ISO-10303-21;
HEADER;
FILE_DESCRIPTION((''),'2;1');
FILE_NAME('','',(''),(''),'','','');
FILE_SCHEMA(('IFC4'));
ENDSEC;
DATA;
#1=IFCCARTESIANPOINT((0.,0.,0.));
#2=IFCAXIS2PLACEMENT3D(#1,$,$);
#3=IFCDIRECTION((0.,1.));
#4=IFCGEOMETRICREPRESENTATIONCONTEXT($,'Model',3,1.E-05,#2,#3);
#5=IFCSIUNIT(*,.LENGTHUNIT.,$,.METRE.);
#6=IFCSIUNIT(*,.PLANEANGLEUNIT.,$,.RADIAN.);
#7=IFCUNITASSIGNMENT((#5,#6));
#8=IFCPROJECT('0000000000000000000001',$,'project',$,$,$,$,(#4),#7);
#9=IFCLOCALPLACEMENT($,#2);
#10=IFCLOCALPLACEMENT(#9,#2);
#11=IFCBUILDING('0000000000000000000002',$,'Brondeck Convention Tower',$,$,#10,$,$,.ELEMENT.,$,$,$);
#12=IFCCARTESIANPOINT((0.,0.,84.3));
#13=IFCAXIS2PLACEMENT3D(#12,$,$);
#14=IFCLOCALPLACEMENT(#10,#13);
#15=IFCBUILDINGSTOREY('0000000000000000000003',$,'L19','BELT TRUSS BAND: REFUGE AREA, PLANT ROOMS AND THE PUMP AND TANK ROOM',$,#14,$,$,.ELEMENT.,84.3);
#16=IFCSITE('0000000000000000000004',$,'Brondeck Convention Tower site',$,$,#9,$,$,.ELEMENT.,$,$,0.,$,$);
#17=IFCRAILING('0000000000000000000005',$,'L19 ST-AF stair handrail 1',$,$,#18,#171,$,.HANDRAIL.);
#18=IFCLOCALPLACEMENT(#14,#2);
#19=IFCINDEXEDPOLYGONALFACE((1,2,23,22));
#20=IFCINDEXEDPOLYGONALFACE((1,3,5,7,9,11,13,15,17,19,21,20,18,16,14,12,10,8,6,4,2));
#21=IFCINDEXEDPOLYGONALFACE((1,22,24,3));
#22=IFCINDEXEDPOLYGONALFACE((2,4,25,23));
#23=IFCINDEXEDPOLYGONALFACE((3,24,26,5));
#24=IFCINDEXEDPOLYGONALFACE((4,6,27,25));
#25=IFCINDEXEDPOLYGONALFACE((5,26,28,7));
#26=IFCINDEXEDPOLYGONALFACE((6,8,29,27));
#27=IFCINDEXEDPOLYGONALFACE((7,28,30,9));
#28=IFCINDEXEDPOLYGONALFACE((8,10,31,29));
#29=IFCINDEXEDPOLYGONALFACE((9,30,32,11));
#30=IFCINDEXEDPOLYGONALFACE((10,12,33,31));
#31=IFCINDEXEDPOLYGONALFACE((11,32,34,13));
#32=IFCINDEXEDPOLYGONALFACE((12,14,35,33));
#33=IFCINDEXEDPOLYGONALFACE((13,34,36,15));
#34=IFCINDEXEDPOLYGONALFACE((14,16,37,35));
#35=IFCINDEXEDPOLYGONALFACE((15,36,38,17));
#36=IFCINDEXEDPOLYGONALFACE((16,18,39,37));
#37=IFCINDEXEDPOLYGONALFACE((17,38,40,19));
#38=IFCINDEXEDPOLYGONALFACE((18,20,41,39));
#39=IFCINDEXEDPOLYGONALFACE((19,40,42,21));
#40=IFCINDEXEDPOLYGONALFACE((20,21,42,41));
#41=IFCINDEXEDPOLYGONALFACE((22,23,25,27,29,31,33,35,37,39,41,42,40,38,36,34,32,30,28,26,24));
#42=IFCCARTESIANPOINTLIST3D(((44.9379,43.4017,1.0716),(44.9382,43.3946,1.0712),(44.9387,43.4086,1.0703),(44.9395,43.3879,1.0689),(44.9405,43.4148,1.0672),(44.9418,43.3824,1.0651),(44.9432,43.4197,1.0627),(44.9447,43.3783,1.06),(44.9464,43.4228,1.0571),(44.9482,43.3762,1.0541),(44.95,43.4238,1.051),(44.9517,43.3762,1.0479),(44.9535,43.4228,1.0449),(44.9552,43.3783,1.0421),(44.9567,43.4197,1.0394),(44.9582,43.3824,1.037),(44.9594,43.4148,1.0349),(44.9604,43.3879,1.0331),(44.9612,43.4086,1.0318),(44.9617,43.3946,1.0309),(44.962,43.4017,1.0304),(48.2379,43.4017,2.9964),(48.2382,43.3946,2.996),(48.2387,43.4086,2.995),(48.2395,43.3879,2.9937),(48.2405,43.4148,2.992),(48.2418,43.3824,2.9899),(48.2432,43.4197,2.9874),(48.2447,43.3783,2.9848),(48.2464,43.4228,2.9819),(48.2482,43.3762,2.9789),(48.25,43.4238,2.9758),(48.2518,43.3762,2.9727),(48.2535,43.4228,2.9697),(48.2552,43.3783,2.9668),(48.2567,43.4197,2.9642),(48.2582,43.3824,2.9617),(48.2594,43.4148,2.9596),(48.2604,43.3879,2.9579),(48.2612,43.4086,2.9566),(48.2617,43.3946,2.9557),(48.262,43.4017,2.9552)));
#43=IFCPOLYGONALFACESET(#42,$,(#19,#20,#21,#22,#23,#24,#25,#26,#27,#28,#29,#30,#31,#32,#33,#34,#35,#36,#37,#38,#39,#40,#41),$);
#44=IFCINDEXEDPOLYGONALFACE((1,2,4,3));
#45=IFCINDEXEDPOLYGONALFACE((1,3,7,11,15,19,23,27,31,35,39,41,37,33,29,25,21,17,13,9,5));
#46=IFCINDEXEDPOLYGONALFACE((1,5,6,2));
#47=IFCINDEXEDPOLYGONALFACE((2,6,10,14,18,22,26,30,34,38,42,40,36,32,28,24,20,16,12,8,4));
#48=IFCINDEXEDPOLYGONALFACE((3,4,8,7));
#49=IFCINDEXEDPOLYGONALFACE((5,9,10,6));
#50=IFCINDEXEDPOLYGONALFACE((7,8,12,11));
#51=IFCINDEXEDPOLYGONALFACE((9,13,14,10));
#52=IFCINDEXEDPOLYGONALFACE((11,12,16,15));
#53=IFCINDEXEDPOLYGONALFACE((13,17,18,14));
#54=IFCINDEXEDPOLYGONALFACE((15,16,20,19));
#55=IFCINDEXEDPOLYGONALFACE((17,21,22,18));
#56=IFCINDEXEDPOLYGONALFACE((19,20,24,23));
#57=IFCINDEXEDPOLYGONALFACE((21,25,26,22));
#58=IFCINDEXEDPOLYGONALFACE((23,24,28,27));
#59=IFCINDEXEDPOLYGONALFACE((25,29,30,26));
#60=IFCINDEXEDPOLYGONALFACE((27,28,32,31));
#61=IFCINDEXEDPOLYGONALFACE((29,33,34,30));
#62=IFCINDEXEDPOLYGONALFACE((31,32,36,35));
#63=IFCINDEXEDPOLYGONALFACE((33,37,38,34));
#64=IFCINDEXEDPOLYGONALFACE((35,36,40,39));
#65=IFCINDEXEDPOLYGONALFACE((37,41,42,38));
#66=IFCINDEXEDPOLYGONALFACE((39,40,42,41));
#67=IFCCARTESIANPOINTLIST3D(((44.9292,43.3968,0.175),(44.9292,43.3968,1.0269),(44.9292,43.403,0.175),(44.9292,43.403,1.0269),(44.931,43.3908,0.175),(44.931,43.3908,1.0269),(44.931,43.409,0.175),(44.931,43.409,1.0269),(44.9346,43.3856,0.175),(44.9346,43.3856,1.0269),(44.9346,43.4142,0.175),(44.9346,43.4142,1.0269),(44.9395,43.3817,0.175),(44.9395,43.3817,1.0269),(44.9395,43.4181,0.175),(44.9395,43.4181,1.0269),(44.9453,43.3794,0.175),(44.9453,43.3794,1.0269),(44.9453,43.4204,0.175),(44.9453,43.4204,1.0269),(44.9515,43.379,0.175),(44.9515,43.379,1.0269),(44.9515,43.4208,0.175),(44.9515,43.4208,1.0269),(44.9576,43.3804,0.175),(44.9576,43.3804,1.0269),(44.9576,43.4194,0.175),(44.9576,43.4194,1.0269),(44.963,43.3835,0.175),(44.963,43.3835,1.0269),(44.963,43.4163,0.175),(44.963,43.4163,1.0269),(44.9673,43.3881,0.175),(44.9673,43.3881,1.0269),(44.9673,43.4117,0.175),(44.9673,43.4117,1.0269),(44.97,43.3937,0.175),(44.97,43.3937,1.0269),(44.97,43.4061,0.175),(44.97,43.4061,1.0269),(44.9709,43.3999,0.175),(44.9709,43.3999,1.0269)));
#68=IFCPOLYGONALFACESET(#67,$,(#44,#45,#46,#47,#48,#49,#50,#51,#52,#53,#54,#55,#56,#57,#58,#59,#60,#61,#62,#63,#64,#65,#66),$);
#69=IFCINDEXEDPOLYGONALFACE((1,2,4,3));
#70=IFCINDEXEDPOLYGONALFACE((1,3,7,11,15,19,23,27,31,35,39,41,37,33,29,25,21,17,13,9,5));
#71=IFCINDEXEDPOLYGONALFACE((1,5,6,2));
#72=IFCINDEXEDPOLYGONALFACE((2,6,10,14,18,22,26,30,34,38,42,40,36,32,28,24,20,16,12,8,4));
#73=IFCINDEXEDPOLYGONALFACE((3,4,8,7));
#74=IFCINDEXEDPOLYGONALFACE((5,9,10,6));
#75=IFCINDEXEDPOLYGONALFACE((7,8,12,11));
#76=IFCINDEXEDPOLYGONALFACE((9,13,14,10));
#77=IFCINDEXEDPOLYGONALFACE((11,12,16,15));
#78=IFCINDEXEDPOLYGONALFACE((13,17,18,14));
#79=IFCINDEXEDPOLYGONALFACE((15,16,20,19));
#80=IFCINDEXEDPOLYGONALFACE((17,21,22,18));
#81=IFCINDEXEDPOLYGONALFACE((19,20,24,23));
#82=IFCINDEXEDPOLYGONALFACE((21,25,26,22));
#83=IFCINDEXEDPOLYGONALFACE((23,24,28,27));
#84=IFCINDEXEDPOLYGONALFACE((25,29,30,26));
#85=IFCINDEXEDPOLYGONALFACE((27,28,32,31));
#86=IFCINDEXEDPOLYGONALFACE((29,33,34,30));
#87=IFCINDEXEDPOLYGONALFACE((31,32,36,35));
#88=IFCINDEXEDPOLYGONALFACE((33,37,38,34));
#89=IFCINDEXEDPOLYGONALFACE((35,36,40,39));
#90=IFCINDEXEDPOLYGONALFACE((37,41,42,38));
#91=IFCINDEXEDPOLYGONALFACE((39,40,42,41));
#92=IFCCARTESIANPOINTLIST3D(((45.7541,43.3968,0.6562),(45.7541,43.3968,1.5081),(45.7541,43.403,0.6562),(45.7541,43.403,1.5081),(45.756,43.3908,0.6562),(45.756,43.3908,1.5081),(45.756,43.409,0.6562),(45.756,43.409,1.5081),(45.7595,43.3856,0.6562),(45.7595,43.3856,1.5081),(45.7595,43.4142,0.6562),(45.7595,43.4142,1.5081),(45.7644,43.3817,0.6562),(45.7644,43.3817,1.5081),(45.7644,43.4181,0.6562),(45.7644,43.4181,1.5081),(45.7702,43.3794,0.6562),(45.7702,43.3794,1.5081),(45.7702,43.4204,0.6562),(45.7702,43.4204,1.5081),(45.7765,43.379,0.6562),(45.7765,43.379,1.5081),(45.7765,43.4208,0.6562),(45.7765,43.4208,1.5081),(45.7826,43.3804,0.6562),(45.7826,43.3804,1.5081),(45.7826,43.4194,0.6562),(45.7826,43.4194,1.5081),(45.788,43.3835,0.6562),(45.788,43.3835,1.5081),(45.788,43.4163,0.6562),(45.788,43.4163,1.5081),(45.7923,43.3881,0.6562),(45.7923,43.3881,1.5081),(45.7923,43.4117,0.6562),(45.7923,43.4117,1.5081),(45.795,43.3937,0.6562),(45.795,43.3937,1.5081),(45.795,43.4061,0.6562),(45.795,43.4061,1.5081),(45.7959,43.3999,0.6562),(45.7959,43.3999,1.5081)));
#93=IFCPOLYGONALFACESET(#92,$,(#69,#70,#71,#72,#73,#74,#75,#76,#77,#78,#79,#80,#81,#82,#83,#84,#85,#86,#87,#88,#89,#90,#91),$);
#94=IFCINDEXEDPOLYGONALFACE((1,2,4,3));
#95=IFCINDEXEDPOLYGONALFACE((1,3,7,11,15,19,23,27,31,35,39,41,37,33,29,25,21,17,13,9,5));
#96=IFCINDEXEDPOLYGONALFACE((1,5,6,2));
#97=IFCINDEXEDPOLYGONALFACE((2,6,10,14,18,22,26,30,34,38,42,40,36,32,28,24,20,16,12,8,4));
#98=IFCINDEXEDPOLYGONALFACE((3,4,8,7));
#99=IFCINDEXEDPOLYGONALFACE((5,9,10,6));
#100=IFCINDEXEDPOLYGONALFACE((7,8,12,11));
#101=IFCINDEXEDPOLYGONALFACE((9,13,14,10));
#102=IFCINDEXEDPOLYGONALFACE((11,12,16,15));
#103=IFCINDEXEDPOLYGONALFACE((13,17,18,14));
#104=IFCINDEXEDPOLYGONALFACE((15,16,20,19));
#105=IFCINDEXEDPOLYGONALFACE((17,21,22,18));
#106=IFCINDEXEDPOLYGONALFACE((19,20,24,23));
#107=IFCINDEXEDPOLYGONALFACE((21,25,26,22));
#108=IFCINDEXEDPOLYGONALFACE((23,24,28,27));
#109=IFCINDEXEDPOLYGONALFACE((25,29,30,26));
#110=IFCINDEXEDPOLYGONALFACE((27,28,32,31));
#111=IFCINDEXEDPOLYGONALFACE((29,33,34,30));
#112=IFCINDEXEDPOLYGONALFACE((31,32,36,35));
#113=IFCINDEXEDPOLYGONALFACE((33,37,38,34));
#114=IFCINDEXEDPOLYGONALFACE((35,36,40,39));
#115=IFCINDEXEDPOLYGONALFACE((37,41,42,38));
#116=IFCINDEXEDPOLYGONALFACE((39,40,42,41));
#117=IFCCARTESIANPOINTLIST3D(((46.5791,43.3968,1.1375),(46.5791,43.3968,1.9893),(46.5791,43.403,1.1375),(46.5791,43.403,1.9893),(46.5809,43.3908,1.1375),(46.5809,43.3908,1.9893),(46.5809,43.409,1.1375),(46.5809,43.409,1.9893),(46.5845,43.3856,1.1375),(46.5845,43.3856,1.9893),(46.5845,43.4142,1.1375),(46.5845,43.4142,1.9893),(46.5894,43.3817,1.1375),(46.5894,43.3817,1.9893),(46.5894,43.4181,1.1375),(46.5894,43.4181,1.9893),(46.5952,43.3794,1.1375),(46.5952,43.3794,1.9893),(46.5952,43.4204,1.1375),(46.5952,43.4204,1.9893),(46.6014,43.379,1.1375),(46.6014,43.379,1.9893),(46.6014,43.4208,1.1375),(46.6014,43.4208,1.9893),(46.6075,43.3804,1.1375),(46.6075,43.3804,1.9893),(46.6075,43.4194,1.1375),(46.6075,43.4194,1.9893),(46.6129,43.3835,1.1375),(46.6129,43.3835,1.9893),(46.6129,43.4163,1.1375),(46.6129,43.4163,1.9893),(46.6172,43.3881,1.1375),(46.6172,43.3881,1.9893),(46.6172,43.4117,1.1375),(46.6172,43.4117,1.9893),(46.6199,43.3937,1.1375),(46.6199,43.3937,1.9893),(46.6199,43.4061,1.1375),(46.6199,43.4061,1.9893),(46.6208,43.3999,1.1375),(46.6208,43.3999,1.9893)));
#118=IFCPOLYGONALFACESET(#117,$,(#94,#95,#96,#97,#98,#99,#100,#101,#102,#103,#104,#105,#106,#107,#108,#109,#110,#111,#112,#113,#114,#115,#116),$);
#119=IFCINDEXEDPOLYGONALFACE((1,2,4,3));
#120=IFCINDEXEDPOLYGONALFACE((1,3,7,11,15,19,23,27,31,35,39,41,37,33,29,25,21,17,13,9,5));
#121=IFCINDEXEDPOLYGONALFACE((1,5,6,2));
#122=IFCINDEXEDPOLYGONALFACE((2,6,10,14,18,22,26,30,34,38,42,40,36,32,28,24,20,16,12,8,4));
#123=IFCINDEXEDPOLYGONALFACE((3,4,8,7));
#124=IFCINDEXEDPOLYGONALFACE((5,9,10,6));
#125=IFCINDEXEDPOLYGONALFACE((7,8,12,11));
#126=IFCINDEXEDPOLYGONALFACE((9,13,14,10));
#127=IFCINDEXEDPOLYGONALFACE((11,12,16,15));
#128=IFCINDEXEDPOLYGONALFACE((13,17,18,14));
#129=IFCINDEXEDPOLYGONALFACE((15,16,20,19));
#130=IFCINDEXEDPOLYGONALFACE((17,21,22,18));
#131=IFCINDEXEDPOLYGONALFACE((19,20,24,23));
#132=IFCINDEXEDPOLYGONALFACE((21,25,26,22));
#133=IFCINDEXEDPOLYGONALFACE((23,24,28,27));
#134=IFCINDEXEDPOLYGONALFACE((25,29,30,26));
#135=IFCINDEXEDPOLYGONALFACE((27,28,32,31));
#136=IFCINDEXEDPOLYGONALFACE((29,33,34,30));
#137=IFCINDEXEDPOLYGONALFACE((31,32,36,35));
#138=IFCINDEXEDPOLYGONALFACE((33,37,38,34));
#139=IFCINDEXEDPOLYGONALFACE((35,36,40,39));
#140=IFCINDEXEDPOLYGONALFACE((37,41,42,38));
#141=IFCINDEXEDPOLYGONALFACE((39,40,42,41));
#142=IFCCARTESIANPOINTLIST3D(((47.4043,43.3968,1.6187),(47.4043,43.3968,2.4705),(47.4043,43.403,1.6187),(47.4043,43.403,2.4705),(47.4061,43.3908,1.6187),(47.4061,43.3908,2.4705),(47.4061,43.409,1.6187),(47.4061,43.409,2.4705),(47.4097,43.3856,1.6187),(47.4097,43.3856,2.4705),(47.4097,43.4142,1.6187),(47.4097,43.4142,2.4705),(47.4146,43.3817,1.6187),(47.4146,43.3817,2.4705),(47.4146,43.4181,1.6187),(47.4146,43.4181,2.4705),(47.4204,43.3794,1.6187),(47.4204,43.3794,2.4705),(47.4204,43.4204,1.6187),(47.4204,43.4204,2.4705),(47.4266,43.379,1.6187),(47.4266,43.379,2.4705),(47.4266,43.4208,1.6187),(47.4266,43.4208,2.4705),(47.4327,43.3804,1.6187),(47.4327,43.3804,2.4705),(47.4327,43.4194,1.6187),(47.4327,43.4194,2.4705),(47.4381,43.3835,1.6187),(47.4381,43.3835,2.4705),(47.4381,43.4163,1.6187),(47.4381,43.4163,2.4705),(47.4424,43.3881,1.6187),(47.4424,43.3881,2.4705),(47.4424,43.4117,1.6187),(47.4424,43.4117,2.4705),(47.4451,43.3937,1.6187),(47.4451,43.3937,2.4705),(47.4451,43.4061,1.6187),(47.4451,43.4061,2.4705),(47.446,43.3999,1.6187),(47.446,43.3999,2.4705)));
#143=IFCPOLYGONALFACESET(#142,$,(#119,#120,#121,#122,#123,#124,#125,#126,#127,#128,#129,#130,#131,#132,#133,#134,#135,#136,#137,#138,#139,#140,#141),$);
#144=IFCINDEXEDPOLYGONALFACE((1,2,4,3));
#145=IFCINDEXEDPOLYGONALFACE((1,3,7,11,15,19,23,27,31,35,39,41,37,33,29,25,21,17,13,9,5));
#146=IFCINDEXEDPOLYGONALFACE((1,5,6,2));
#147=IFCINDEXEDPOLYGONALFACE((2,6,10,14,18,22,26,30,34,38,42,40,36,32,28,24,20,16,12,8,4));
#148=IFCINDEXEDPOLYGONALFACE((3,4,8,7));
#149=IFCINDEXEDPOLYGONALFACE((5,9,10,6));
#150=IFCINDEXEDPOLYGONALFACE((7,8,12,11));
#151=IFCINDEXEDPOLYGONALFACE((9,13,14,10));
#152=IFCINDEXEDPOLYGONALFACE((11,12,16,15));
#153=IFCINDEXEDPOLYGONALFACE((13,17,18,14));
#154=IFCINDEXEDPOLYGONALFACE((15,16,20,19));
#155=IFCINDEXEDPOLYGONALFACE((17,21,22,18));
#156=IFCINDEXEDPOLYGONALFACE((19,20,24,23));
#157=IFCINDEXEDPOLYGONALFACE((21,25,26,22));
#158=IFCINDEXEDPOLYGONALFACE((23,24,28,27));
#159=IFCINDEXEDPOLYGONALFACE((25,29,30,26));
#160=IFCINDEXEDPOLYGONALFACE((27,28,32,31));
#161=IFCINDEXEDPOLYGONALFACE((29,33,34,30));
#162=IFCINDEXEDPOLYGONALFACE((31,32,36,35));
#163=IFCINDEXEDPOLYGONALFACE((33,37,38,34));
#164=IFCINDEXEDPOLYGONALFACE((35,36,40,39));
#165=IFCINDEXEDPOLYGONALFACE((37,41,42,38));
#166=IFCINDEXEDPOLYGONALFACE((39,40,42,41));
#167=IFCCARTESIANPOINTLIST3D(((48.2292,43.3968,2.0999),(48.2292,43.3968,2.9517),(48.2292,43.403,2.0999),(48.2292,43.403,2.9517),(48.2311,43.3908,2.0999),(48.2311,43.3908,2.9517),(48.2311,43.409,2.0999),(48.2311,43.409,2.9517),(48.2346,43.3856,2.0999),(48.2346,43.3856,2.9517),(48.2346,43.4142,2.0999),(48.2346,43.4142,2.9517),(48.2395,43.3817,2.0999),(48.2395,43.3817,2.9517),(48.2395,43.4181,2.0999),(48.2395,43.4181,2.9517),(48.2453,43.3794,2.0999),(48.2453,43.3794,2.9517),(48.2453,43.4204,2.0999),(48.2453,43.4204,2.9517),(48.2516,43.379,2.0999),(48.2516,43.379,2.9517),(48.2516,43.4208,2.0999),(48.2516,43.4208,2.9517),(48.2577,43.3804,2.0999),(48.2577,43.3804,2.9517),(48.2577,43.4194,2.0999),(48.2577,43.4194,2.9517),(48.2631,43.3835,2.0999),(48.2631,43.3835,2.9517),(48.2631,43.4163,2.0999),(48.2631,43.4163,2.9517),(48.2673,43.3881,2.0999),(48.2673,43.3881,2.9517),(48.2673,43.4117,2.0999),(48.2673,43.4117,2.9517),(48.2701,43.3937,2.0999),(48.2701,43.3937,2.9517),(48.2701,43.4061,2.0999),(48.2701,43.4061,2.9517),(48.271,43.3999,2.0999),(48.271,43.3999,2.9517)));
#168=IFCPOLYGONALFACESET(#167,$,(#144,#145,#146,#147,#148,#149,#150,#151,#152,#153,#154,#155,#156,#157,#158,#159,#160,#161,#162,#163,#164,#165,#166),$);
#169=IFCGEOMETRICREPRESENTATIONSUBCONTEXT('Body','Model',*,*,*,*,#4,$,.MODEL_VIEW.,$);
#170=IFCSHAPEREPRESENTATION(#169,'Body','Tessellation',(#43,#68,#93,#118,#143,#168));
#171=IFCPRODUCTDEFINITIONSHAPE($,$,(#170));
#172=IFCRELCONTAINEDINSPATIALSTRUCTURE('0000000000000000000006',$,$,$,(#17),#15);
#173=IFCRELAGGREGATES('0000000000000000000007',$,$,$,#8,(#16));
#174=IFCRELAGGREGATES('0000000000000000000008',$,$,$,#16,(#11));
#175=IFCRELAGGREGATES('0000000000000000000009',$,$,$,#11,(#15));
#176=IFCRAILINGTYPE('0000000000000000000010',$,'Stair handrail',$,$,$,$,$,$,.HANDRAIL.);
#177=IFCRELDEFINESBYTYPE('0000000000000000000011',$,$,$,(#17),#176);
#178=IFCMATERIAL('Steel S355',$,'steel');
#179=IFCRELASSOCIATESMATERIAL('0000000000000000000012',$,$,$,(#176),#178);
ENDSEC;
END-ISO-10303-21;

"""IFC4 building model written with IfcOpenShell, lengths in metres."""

from ifc_helpers import new_model, si_unit, direction, frame, origin, origin_2d, place, context, subcontext, project, spatial, circle, extrude, material, type_object, element, save


model = new_model("IFC4")

# Units and contexts
model_context = context("Model", 3, precision=1e-05, world=origin(), true_north=direction((0.0, 1.0)))
body_context = subcontext(model_context, "Body", "Model", "MODEL_VIEW")
ifc_project = project(units=[si_unit("LENGTHUNIT", "METRE"), si_unit("PLANEANGLEUNIT", "RADIAN")], contexts=[model_context])

# Site, building, storey
site_placement = place(None, origin())
site = spatial("IfcSite", under=ifc_project, at=site_placement, Name="Brondeck Convention Tower site", CompositionType="ELEMENT", RefElevation=0.0)
building_placement = place(site_placement, origin())
building = spatial("IfcBuilding", under=site, at=building_placement, Name="Brondeck Convention Tower", CompositionType="ELEMENT")
storey_placement = place(building_placement, frame((0.0, 0.0, 84.3)))
storey = spatial("IfcBuildingStorey", under=building, at=storey_placement, Name="L19", Description="BELT TRUSS BAND: REFUGE AREA, PLANT ROOMS AND THE PUMP AND TANK ROOM", CompositionType="ELEMENT", Elevation=84.3)

# Shared definitions
ifc_material_1 = material(Name="Steel S355", Category="steel")

# Railing
railing_type_1 = type_object("IfcRailingType", Name="Stair handrail", PredefinedType="HANDRAIL", material=ifc_material_1)
railing_1_placement = place(storey_placement, frame((44.95, 43.3999, 0.175)))
element("IfcRailing", 1, at=railing_1_placement, inside=storey, type_object=railing_type_1, Name="L19 ST-AF stair handrail 1", PredefinedType="HANDRAIL", context=body_context, shape_type="SweptSolid", body=[
    extrude(circle(Radius=0.0239, at=origin_2d()), frame((0.0, 0.0, 0.876), z_axis=(0.863804, 0.0, 0.503827), x_axis=(0.0, 1.0, 0.0)), (0.0, 0.0, 1.0), 3.8203),
    extrude(circle(Radius=0.021, at=origin_2d()), origin(), (0.0, 0.0, 1.0), 0.8518),
    extrude(circle(Radius=0.021, at=origin_2d()), frame((0.825, 0.0, 0.4812)), (0.0, 0.0, 1.0), 0.8518),
    extrude(circle(Radius=0.021, at=origin_2d()), frame((1.6499, 0.0, 0.9624)), (0.0, 0.0, 1.0), 0.8518),
    extrude(circle(Radius=0.021, at=origin_2d()), frame((2.4751, 0.0, 1.4436)), (0.0, 0.0, 1.0), 0.8518),
    extrude(circle(Radius=0.021, at=origin_2d()), frame((3.3, 0.0, 1.9248)), (0.0, 0.0, 1.0), 0.8518),
])

save(model, "model.ifc")
